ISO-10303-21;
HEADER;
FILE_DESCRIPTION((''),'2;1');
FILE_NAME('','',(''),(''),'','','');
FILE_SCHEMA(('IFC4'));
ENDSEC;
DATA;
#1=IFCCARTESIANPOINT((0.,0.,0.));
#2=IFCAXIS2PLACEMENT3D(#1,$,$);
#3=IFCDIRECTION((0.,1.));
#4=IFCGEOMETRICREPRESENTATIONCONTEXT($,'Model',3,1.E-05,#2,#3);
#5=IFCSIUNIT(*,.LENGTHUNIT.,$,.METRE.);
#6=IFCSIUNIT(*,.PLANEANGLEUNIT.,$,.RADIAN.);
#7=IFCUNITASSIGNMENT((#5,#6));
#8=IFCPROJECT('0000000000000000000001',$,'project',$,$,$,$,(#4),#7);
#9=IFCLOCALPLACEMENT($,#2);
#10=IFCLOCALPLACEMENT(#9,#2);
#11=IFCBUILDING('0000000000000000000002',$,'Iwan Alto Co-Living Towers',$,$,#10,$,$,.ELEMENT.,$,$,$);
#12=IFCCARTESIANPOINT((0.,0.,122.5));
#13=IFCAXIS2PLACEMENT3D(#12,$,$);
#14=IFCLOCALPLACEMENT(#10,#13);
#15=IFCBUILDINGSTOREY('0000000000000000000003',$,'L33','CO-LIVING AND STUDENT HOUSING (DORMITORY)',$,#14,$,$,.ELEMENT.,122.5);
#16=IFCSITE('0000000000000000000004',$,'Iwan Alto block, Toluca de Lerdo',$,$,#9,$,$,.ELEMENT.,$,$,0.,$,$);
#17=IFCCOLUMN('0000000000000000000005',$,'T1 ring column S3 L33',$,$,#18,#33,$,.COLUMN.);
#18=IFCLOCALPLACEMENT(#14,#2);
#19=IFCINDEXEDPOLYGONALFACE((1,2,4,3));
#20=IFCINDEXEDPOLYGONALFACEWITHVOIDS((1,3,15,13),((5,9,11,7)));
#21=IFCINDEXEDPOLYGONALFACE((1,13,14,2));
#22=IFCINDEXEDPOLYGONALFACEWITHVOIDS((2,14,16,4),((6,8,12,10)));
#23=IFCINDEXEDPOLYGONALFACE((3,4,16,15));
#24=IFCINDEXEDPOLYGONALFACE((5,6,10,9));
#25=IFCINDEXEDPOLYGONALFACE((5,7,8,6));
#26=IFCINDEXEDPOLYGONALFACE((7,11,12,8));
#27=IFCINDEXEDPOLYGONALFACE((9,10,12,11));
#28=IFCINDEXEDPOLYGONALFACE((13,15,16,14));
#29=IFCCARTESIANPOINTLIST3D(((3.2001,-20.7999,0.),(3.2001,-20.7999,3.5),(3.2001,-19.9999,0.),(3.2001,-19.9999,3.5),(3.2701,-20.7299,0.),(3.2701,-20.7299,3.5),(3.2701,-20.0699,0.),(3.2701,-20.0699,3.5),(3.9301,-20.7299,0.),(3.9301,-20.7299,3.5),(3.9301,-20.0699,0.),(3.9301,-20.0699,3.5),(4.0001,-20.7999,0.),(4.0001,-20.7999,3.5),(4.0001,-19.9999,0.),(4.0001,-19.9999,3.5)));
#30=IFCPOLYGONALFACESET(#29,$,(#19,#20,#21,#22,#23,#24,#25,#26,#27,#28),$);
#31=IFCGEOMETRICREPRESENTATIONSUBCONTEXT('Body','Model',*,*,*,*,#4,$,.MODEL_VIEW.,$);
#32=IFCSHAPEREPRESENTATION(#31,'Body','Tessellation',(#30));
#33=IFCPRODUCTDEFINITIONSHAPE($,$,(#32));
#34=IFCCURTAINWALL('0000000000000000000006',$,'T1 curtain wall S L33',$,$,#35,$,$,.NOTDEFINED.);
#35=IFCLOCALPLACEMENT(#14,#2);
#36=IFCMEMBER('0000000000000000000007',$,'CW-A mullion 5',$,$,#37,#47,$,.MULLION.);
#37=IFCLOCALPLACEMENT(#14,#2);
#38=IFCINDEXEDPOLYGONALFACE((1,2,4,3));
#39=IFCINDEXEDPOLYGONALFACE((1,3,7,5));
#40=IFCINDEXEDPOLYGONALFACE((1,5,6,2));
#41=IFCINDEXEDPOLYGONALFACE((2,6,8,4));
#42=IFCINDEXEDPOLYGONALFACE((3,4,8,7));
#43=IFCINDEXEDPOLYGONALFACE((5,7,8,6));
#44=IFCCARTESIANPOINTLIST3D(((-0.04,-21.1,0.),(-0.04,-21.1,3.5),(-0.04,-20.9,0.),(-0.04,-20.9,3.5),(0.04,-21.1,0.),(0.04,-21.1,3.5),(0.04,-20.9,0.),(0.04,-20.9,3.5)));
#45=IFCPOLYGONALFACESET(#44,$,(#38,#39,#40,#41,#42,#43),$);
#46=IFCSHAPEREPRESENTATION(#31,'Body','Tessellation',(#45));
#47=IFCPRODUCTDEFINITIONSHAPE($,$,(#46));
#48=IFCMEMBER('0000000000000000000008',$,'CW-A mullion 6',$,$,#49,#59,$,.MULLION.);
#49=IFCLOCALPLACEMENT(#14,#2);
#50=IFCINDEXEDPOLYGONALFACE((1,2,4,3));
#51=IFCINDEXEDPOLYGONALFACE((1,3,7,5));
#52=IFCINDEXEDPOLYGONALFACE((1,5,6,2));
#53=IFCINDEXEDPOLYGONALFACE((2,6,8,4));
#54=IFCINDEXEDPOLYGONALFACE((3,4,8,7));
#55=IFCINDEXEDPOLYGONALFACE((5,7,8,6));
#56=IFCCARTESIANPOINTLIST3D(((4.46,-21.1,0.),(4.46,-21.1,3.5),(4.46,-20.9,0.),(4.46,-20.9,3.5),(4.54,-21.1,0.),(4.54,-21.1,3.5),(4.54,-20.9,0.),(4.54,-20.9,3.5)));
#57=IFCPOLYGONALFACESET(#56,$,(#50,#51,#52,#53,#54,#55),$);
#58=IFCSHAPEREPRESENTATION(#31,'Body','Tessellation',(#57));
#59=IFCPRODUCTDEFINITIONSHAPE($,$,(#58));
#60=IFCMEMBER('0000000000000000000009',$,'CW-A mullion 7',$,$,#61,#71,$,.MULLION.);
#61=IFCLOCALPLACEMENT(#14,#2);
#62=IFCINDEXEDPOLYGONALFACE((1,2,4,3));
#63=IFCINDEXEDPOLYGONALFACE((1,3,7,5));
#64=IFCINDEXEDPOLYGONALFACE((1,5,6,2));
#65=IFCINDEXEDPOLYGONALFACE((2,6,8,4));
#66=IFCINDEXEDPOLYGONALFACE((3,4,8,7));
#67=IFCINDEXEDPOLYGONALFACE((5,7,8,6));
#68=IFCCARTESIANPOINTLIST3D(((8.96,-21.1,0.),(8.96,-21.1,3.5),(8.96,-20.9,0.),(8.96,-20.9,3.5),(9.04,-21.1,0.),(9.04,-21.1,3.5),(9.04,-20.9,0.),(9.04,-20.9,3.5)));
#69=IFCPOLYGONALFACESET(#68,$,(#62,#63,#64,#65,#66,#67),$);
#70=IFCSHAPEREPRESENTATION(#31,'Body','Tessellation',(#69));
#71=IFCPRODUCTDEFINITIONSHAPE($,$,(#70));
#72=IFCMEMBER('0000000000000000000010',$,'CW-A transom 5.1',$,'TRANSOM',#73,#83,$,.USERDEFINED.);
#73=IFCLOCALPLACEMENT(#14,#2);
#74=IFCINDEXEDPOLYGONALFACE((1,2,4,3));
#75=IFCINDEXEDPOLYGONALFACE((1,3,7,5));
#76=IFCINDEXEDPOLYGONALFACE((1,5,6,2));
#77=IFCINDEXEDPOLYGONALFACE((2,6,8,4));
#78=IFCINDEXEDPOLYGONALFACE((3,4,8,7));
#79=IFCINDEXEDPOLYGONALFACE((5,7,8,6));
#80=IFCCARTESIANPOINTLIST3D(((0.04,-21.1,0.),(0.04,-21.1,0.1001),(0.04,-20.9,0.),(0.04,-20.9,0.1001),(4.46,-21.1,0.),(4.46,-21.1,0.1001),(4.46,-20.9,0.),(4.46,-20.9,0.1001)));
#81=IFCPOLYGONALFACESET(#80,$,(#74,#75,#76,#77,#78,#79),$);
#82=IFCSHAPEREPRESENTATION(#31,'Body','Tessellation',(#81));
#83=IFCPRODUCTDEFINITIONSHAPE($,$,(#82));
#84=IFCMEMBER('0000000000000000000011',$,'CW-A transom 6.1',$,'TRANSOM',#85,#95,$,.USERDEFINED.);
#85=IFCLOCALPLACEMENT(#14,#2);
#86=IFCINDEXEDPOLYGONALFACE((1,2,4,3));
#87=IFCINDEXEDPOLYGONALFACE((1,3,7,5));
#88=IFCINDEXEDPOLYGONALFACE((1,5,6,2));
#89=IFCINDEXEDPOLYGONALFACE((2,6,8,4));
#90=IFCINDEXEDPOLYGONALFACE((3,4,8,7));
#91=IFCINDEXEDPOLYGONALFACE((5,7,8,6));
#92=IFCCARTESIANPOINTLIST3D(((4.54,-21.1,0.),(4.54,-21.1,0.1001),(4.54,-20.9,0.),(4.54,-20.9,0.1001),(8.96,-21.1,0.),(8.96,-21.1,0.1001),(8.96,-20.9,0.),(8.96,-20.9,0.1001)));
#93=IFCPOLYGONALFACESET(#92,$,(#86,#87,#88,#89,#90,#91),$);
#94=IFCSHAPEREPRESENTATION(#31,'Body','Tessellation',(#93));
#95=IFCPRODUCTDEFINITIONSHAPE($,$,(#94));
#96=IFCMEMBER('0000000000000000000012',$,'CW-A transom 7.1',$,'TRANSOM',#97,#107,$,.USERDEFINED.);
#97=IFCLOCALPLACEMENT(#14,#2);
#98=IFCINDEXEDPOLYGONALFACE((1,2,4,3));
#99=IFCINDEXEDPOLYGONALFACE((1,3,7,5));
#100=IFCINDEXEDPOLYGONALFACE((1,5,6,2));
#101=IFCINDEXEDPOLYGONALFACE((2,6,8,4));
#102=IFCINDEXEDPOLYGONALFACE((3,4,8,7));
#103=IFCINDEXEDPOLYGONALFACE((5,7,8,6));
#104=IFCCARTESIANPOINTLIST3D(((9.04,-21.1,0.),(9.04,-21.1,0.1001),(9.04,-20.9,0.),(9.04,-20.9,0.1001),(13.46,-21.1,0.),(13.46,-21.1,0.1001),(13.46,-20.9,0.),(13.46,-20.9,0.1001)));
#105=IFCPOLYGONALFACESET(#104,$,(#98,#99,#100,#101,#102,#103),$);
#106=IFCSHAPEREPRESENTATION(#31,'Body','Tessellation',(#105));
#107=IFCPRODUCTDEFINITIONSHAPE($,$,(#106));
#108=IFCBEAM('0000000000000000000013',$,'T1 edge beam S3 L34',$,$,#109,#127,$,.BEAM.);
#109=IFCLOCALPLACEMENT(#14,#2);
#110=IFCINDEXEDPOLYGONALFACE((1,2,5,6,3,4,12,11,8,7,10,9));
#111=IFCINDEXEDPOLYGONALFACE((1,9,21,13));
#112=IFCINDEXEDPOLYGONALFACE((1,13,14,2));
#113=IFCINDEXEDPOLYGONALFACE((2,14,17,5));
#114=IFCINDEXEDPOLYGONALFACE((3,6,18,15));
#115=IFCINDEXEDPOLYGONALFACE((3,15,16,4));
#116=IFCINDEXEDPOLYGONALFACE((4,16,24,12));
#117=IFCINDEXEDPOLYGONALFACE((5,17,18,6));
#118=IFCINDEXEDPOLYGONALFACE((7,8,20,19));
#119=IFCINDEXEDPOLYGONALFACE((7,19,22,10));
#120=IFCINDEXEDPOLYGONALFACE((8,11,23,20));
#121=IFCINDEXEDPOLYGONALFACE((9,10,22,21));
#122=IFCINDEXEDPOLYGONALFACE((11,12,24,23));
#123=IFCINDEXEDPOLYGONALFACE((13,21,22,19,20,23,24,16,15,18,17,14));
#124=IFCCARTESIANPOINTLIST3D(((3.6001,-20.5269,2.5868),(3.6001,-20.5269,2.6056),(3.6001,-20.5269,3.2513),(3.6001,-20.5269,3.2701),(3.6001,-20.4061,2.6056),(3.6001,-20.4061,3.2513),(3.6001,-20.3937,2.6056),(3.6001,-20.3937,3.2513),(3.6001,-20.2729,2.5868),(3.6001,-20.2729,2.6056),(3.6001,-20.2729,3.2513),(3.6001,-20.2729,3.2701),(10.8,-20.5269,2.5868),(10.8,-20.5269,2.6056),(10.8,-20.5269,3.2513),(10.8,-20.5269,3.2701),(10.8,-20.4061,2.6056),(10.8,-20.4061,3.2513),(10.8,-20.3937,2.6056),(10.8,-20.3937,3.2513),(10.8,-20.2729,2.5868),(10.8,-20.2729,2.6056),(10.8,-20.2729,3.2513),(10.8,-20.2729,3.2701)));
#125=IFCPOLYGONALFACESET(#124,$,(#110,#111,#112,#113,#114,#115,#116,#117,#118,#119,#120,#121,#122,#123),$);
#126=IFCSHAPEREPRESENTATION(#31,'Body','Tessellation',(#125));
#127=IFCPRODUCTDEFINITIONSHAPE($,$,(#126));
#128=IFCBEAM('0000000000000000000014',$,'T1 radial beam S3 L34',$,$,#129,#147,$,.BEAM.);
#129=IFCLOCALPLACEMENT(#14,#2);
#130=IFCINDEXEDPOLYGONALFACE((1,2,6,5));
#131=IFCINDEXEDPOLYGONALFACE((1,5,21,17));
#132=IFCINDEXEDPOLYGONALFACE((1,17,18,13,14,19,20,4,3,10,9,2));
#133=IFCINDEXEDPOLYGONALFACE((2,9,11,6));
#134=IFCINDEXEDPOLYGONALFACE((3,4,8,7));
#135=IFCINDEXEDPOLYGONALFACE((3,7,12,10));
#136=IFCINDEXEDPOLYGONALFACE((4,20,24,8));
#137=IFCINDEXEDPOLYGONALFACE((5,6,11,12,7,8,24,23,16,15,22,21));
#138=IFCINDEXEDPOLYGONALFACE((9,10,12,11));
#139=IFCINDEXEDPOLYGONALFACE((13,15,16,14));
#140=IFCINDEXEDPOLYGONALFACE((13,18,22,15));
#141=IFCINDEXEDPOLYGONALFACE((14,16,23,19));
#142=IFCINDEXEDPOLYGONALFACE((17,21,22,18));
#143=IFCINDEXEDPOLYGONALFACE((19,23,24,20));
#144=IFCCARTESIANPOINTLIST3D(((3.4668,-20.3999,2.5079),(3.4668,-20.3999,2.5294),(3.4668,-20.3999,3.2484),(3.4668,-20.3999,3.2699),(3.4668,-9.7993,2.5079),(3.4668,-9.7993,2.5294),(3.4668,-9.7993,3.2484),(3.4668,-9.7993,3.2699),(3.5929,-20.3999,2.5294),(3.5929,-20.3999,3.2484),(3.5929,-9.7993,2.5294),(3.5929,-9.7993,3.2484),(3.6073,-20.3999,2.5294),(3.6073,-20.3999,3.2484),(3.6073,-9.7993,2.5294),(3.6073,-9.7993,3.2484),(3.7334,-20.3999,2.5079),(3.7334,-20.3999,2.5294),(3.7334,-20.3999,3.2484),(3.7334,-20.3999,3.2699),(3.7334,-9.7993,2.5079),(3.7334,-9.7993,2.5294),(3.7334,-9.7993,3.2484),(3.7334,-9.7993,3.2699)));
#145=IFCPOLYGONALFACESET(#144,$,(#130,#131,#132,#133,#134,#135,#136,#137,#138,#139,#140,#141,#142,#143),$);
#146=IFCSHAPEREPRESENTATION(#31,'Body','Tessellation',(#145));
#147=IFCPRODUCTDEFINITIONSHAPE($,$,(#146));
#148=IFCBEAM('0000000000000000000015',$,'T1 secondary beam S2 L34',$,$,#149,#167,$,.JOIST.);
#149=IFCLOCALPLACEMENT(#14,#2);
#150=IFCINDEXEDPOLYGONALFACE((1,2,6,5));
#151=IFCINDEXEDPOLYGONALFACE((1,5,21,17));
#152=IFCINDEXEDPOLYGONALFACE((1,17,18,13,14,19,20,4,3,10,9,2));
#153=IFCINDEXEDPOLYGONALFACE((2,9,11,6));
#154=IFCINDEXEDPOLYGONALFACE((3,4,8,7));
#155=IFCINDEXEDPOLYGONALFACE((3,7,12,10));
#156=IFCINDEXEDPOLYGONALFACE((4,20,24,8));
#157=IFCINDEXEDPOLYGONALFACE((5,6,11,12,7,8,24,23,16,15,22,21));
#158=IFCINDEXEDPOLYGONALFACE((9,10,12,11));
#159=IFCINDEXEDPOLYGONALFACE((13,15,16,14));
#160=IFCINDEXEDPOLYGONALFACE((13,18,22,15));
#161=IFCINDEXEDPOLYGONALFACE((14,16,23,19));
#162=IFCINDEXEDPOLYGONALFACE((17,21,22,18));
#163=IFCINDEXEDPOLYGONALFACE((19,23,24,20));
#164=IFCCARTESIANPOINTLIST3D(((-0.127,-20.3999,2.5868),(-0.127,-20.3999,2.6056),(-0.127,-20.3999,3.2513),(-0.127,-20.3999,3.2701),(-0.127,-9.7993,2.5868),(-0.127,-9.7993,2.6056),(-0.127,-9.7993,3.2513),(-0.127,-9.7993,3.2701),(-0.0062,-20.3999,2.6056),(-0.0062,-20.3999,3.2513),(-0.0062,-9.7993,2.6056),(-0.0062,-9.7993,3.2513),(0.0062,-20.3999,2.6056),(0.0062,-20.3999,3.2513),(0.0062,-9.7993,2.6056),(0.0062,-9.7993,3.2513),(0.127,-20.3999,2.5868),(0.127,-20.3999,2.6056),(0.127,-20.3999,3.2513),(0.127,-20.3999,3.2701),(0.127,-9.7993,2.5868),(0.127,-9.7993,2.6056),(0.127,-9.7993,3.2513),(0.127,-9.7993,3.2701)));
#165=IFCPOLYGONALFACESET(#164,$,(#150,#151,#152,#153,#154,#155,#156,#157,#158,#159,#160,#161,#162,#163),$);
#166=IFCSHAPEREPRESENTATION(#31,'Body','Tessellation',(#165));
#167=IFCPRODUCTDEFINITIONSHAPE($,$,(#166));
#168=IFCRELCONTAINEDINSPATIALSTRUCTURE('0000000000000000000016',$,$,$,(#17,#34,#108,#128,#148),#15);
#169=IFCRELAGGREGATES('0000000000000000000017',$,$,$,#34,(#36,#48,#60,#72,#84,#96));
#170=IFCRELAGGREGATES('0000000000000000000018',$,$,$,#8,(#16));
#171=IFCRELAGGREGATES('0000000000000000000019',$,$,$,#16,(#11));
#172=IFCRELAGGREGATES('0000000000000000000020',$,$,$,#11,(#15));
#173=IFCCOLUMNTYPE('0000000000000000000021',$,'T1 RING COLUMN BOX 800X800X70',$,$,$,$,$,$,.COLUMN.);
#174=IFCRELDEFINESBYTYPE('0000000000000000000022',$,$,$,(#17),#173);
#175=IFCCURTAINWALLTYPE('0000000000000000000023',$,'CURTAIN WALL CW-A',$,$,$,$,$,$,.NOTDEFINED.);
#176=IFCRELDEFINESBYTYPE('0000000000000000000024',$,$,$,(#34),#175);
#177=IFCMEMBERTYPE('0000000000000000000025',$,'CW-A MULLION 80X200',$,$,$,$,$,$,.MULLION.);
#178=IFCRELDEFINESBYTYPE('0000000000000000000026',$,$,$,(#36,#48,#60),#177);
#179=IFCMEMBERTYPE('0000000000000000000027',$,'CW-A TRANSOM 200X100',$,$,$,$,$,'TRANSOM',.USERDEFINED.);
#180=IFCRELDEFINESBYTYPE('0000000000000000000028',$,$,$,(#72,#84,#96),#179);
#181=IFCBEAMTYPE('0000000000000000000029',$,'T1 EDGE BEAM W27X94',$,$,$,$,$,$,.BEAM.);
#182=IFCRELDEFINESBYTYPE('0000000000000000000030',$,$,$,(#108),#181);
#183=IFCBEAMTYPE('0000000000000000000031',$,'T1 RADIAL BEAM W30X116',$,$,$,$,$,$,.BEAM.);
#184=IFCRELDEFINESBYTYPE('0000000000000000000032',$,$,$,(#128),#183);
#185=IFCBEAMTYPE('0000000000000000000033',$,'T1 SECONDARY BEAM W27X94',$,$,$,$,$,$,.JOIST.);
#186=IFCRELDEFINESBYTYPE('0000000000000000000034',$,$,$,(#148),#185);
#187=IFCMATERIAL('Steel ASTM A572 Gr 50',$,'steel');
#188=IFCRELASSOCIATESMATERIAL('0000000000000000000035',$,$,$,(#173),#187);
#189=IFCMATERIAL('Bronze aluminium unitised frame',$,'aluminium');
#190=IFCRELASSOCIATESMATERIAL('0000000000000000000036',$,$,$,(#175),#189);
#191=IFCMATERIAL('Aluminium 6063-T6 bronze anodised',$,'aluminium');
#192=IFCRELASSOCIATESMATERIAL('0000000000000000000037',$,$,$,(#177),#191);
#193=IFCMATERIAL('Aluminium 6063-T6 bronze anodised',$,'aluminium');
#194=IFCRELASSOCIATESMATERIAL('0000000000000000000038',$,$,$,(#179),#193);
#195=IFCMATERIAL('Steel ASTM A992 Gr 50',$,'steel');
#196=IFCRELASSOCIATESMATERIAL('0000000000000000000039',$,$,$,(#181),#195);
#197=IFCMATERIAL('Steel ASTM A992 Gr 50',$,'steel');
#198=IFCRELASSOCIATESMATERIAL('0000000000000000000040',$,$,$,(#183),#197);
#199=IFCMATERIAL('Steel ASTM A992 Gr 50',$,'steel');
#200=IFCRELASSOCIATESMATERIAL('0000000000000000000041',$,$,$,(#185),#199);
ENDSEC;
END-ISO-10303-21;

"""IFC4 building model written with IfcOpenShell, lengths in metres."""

from ifc_helpers import new_model, si_unit, direction, frame, origin, origin_2d, place, context, subcontext, project, spatial, rectangle, hollow_rectangle, i_section, extrude, material, material_profile, profile_set, type_object, element, aggregate, save


model = new_model("IFC4")

# Units and contexts
model_context = context("Model", 3, precision=1e-05, world=origin(), true_north=direction((0.0, 1.0)))
body_context = subcontext(model_context, "Body", "Model", "MODEL_VIEW")
ifc_project = project(units=[si_unit("LENGTHUNIT", "METRE"), si_unit("PLANEANGLEUNIT", "RADIAN")], contexts=[model_context])

# Site, building, storey
site_placement = place(None, origin())
site = spatial("IfcSite", under=ifc_project, at=site_placement, Name="Iwan Alto block, Toluca de Lerdo", CompositionType="ELEMENT", RefElevation=0.0)
building_placement = place(site_placement, origin())
building = spatial("IfcBuilding", under=site, at=building_placement, Name="Iwan Alto Co-Living Towers", CompositionType="ELEMENT")
storey_placement = place(building_placement, frame((0.0, 0.0, 122.5)))
storey = spatial("IfcBuildingStorey", under=building, at=storey_placement, Name="L33", Description="CO-LIVING AND STUDENT HOUSING (DORMITORY)", CompositionType="ELEMENT", Elevation=122.5)

# Column
ifc_material_1 = material(Name="Steel ASTM A572 Gr 50", Category="steel")
ifc_material_profile_1 = material_profile(ifc_material_1, hollow_rectangle(XDim=0.8, YDim=0.8, WallThickness=0.0701, at=origin_2d()), Name="BOX 800X800X70")
ifc_profile_set_1 = profile_set([ifc_material_profile_1], Name="Steel ASTM A572 Gr 50")
column_type = type_object("IfcColumnType", Name="T1 RING COLUMN BOX 800X800X70", PredefinedType="COLUMN", material=ifc_profile_set_1)
column_placement = place(storey_placement, frame((3.6001, -20.3999, 0.0), z_axis=(0.0, 0.0, 1.0), x_axis=(1.0, 0.0, 0.0)))
element("IfcColumn", 1, at=column_placement, inside=storey, type_object=column_type, Name="T1 ring column S3 L33", PredefinedType="COLUMN", context=body_context, shape_type="SweptSolid", body=[
    extrude(hollow_rectangle(XDim=0.8, YDim=0.8, WallThickness=0.0701, at=origin_2d()), origin(), (0.0, 0.0, 1.0), 3.5),
])

# Curtain wall, members
ifc_material_2 = material(Name="Bronze aluminium unitised frame", Category="aluminium")
curtain_wall_type = type_object("IfcCurtainWallType", Name="CURTAIN WALL CW-A", PredefinedType="NOTDEFINED", material=ifc_material_2)
curtain_wall_placement = place(storey_placement, origin())
curtain_wall = element("IfcCurtainWall", 2, at=curtain_wall_placement, inside=storey, type_object=curtain_wall_type, Name="T1 curtain wall S L33", PredefinedType="NOTDEFINED")
ifc_material_3 = material(Name="Aluminium 6063-T6 bronze anodised", Category="aluminium")
ifc_material_profile_2 = material_profile(ifc_material_3, rectangle(XDim=0.2, YDim=0.0801, at=origin_2d()), Name="AL 80X200")
ifc_profile_set_2 = profile_set([ifc_material_profile_2], Name="Aluminium 6063-T6 bronze anodised")
member_type_1 = type_object("IfcMemberType", Name="CW-A MULLION 80X200", PredefinedType="MULLION", material=ifc_profile_set_2)
member_1_placement = place(storey_placement, frame((0.0, -21.0, 0.0), z_axis=(0.0, 0.0, 1.0), x_axis=(0.0, 1.0, 0.0)))
member_1 = element("IfcMember", 3, at=member_1_placement, type_object=member_type_1, Name="CW-A mullion 5", PredefinedType="MULLION", context=body_context, shape_type="SweptSolid", body=[
    extrude(rectangle(XDim=0.2, YDim=0.0801, at=origin_2d()), origin(), (0.0, 0.0, 1.0), 3.5),
])
member_2_placement = place(storey_placement, frame((4.5, -21.0, 0.0), z_axis=(0.0, 0.0, 1.0), x_axis=(0.0, 1.0, 0.0)))
member_2 = element("IfcMember", 4, at=member_2_placement, type_object=member_type_1, Name="CW-A mullion 6", PredefinedType="MULLION", context=body_context, shape_type="SweptSolid", body=[
    extrude(rectangle(XDim=0.2, YDim=0.0801, at=origin_2d()), origin(), (0.0, 0.0, 1.0), 3.5),
])
member_3_placement = place(storey_placement, frame((9.0, -21.0, 0.0), z_axis=(0.0, 0.0, 1.0), x_axis=(0.0, 1.0, 0.0)))
member_3 = element("IfcMember", 5, at=member_3_placement, type_object=member_type_1, Name="CW-A mullion 7", PredefinedType="MULLION", context=body_context, shape_type="SweptSolid", body=[
    extrude(rectangle(XDim=0.2, YDim=0.0801, at=origin_2d()), origin(), (0.0, 0.0, 1.0), 3.5),
])
ifc_material_4 = material(Name="Aluminium 6063-T6 bronze anodised", Category="aluminium")
ifc_material_profile_3 = material_profile(ifc_material_4, rectangle(XDim=0.2, YDim=0.1001, at=origin_2d()), Name="AL 200X100")
ifc_profile_set_3 = profile_set([ifc_material_profile_3], Name="Aluminium 6063-T6 bronze anodised")
member_type_2 = type_object("IfcMemberType", Name="CW-A TRANSOM 200X100", ElementType="TRANSOM", PredefinedType="USERDEFINED", material=ifc_profile_set_3)
member_4_placement = place(storey_placement, frame((0.04, -21.0, 0.05), z_axis=(1.0, 0.0, 0.0), x_axis=(0.0, 1.0, 0.0)))
member_4 = element("IfcMember", 6, at=member_4_placement, type_object=member_type_2, Name="CW-A transom 5.1", ObjectType="TRANSOM", PredefinedType="USERDEFINED", context=body_context, shape_type="SweptSolid", body=[
    extrude(rectangle(XDim=0.2, YDim=0.1001, at=origin_2d()), origin(), (0.0, 0.0, 1.0), 4.4199),
])
member_5_placement = place(storey_placement, frame((4.54, -21.0, 0.05), z_axis=(1.0, 0.0, 0.0), x_axis=(0.0, 1.0, 0.0)))
member_5 = element("IfcMember", 7, at=member_5_placement, type_object=member_type_2, Name="CW-A transom 6.1", ObjectType="TRANSOM", PredefinedType="USERDEFINED", context=body_context, shape_type="SweptSolid", body=[
    extrude(rectangle(XDim=0.2, YDim=0.1001, at=origin_2d()), origin(), (0.0, 0.0, 1.0), 4.4199),
])
member_6_placement = place(storey_placement, frame((9.04, -21.0, 0.05), z_axis=(1.0, 0.0, 0.0), x_axis=(0.0, 1.0, 0.0)))
member_6 = element("IfcMember", 8, at=member_6_placement, type_object=member_type_2, Name="CW-A transom 7.1", ObjectType="TRANSOM", PredefinedType="USERDEFINED", context=body_context, shape_type="SweptSolid", body=[
    extrude(rectangle(XDim=0.2, YDim=0.1001, at=origin_2d()), origin(), (0.0, 0.0, 1.0), 4.4199),
])

# Beams
ifc_material_5 = material(Name="Steel ASTM A992 Gr 50", Category="steel")
ifc_material_profile_4 = material_profile(ifc_material_5, i_section(OverallWidth=0.2539, OverallDepth=0.6833, WebThickness=0.0125, FlangeThickness=0.0188, at=origin_2d()), Name="W27X94")
ifc_profile_set_4 = profile_set([ifc_material_profile_4], Name="Steel ASTM A992 Gr 50")
beam_type_1 = type_object("IfcBeamType", Name="T1 EDGE BEAM W27X94", PredefinedType="BEAM", material=ifc_profile_set_4)
beam_1_placement = place(storey_placement, frame((3.6001, -20.3999, 2.9285), z_axis=(1.0, 0.0, 0.0), x_axis=(0.0, 1.0, 0.0)))
element("IfcBeam", 9, at=beam_1_placement, inside=storey, type_object=beam_type_1, Name="T1 edge beam S3 L34", PredefinedType="BEAM", context=body_context, shape_type="SweptSolid", body=[
    extrude(i_section(OverallWidth=0.2539, OverallDepth=0.6833, WebThickness=0.0125, FlangeThickness=0.0188, at=origin_2d()), origin(), (0.0, 0.0, 1.0), 7.2),
])
ifc_material_6 = material(Name="Steel ASTM A992 Gr 50", Category="steel")
ifc_material_profile_5 = material_profile(ifc_material_6, i_section(OverallWidth=0.2666, OverallDepth=0.762, WebThickness=0.0144, FlangeThickness=0.0215, at=origin_2d()), Name="W30X116")
ifc_profile_set_5 = profile_set([ifc_material_profile_5], Name="Steel ASTM A992 Gr 50")
beam_type_2 = type_object("IfcBeamType", Name="T1 RADIAL BEAM W30X116", PredefinedType="BEAM", material=ifc_profile_set_5)
beam_2_placement = place(storey_placement, frame((3.6001, -20.3999, 2.8889), z_axis=(0.0, 1.0, 0.0), x_axis=(-1.0, 0.0, 0.0)))
element("IfcBeam", 10, at=beam_2_placement, inside=storey, type_object=beam_type_2, Name="T1 radial beam S3 L34", PredefinedType="BEAM", context=body_context, shape_type="SweptSolid", body=[
    extrude(i_section(OverallWidth=0.2666, OverallDepth=0.762, WebThickness=0.0144, FlangeThickness=0.0215, at=origin_2d()), origin(), (0.0, 0.0, 1.0), 10.6006),
])
ifc_material_7 = material(Name="Steel ASTM A992 Gr 50", Category="steel")
ifc_material_profile_6 = material_profile(ifc_material_7, i_section(OverallWidth=0.2539, OverallDepth=0.6833, WebThickness=0.0125, FlangeThickness=0.0188, at=origin_2d()), Name="W27X94")
ifc_profile_set_6 = profile_set([ifc_material_profile_6], Name="Steel ASTM A992 Gr 50")
beam_type_3 = type_object("IfcBeamType", Name="T1 SECONDARY BEAM W27X94", PredefinedType="JOIST", material=ifc_profile_set_6)
for number, where, z_axis, x_axis, name in (
    (11, (0.0, -20.3999, 2.9285), (0.0, 1.0, 0.0), (-1.0, 0.0, 0.0), "T1 secondary beam S2 L34"),
):
    element("IfcBeam", number, at=place(storey_placement, frame(where, z_axis=z_axis, x_axis=x_axis)), inside=storey, type_object=beam_type_3, Name=name, PredefinedType="JOIST", context=body_context, shape_type="SweptSolid", body=[
        extrude(i_section(OverallWidth=0.2539, OverallDepth=0.6833, WebThickness=0.0125, FlangeThickness=0.0188, at=origin_2d()), origin(), (0.0, 0.0, 1.0), 10.6006),
    ])

aggregate(curtain_wall, [member_1, member_2, member_3, member_4, member_5, member_6])

save(model, "model.ifc")
